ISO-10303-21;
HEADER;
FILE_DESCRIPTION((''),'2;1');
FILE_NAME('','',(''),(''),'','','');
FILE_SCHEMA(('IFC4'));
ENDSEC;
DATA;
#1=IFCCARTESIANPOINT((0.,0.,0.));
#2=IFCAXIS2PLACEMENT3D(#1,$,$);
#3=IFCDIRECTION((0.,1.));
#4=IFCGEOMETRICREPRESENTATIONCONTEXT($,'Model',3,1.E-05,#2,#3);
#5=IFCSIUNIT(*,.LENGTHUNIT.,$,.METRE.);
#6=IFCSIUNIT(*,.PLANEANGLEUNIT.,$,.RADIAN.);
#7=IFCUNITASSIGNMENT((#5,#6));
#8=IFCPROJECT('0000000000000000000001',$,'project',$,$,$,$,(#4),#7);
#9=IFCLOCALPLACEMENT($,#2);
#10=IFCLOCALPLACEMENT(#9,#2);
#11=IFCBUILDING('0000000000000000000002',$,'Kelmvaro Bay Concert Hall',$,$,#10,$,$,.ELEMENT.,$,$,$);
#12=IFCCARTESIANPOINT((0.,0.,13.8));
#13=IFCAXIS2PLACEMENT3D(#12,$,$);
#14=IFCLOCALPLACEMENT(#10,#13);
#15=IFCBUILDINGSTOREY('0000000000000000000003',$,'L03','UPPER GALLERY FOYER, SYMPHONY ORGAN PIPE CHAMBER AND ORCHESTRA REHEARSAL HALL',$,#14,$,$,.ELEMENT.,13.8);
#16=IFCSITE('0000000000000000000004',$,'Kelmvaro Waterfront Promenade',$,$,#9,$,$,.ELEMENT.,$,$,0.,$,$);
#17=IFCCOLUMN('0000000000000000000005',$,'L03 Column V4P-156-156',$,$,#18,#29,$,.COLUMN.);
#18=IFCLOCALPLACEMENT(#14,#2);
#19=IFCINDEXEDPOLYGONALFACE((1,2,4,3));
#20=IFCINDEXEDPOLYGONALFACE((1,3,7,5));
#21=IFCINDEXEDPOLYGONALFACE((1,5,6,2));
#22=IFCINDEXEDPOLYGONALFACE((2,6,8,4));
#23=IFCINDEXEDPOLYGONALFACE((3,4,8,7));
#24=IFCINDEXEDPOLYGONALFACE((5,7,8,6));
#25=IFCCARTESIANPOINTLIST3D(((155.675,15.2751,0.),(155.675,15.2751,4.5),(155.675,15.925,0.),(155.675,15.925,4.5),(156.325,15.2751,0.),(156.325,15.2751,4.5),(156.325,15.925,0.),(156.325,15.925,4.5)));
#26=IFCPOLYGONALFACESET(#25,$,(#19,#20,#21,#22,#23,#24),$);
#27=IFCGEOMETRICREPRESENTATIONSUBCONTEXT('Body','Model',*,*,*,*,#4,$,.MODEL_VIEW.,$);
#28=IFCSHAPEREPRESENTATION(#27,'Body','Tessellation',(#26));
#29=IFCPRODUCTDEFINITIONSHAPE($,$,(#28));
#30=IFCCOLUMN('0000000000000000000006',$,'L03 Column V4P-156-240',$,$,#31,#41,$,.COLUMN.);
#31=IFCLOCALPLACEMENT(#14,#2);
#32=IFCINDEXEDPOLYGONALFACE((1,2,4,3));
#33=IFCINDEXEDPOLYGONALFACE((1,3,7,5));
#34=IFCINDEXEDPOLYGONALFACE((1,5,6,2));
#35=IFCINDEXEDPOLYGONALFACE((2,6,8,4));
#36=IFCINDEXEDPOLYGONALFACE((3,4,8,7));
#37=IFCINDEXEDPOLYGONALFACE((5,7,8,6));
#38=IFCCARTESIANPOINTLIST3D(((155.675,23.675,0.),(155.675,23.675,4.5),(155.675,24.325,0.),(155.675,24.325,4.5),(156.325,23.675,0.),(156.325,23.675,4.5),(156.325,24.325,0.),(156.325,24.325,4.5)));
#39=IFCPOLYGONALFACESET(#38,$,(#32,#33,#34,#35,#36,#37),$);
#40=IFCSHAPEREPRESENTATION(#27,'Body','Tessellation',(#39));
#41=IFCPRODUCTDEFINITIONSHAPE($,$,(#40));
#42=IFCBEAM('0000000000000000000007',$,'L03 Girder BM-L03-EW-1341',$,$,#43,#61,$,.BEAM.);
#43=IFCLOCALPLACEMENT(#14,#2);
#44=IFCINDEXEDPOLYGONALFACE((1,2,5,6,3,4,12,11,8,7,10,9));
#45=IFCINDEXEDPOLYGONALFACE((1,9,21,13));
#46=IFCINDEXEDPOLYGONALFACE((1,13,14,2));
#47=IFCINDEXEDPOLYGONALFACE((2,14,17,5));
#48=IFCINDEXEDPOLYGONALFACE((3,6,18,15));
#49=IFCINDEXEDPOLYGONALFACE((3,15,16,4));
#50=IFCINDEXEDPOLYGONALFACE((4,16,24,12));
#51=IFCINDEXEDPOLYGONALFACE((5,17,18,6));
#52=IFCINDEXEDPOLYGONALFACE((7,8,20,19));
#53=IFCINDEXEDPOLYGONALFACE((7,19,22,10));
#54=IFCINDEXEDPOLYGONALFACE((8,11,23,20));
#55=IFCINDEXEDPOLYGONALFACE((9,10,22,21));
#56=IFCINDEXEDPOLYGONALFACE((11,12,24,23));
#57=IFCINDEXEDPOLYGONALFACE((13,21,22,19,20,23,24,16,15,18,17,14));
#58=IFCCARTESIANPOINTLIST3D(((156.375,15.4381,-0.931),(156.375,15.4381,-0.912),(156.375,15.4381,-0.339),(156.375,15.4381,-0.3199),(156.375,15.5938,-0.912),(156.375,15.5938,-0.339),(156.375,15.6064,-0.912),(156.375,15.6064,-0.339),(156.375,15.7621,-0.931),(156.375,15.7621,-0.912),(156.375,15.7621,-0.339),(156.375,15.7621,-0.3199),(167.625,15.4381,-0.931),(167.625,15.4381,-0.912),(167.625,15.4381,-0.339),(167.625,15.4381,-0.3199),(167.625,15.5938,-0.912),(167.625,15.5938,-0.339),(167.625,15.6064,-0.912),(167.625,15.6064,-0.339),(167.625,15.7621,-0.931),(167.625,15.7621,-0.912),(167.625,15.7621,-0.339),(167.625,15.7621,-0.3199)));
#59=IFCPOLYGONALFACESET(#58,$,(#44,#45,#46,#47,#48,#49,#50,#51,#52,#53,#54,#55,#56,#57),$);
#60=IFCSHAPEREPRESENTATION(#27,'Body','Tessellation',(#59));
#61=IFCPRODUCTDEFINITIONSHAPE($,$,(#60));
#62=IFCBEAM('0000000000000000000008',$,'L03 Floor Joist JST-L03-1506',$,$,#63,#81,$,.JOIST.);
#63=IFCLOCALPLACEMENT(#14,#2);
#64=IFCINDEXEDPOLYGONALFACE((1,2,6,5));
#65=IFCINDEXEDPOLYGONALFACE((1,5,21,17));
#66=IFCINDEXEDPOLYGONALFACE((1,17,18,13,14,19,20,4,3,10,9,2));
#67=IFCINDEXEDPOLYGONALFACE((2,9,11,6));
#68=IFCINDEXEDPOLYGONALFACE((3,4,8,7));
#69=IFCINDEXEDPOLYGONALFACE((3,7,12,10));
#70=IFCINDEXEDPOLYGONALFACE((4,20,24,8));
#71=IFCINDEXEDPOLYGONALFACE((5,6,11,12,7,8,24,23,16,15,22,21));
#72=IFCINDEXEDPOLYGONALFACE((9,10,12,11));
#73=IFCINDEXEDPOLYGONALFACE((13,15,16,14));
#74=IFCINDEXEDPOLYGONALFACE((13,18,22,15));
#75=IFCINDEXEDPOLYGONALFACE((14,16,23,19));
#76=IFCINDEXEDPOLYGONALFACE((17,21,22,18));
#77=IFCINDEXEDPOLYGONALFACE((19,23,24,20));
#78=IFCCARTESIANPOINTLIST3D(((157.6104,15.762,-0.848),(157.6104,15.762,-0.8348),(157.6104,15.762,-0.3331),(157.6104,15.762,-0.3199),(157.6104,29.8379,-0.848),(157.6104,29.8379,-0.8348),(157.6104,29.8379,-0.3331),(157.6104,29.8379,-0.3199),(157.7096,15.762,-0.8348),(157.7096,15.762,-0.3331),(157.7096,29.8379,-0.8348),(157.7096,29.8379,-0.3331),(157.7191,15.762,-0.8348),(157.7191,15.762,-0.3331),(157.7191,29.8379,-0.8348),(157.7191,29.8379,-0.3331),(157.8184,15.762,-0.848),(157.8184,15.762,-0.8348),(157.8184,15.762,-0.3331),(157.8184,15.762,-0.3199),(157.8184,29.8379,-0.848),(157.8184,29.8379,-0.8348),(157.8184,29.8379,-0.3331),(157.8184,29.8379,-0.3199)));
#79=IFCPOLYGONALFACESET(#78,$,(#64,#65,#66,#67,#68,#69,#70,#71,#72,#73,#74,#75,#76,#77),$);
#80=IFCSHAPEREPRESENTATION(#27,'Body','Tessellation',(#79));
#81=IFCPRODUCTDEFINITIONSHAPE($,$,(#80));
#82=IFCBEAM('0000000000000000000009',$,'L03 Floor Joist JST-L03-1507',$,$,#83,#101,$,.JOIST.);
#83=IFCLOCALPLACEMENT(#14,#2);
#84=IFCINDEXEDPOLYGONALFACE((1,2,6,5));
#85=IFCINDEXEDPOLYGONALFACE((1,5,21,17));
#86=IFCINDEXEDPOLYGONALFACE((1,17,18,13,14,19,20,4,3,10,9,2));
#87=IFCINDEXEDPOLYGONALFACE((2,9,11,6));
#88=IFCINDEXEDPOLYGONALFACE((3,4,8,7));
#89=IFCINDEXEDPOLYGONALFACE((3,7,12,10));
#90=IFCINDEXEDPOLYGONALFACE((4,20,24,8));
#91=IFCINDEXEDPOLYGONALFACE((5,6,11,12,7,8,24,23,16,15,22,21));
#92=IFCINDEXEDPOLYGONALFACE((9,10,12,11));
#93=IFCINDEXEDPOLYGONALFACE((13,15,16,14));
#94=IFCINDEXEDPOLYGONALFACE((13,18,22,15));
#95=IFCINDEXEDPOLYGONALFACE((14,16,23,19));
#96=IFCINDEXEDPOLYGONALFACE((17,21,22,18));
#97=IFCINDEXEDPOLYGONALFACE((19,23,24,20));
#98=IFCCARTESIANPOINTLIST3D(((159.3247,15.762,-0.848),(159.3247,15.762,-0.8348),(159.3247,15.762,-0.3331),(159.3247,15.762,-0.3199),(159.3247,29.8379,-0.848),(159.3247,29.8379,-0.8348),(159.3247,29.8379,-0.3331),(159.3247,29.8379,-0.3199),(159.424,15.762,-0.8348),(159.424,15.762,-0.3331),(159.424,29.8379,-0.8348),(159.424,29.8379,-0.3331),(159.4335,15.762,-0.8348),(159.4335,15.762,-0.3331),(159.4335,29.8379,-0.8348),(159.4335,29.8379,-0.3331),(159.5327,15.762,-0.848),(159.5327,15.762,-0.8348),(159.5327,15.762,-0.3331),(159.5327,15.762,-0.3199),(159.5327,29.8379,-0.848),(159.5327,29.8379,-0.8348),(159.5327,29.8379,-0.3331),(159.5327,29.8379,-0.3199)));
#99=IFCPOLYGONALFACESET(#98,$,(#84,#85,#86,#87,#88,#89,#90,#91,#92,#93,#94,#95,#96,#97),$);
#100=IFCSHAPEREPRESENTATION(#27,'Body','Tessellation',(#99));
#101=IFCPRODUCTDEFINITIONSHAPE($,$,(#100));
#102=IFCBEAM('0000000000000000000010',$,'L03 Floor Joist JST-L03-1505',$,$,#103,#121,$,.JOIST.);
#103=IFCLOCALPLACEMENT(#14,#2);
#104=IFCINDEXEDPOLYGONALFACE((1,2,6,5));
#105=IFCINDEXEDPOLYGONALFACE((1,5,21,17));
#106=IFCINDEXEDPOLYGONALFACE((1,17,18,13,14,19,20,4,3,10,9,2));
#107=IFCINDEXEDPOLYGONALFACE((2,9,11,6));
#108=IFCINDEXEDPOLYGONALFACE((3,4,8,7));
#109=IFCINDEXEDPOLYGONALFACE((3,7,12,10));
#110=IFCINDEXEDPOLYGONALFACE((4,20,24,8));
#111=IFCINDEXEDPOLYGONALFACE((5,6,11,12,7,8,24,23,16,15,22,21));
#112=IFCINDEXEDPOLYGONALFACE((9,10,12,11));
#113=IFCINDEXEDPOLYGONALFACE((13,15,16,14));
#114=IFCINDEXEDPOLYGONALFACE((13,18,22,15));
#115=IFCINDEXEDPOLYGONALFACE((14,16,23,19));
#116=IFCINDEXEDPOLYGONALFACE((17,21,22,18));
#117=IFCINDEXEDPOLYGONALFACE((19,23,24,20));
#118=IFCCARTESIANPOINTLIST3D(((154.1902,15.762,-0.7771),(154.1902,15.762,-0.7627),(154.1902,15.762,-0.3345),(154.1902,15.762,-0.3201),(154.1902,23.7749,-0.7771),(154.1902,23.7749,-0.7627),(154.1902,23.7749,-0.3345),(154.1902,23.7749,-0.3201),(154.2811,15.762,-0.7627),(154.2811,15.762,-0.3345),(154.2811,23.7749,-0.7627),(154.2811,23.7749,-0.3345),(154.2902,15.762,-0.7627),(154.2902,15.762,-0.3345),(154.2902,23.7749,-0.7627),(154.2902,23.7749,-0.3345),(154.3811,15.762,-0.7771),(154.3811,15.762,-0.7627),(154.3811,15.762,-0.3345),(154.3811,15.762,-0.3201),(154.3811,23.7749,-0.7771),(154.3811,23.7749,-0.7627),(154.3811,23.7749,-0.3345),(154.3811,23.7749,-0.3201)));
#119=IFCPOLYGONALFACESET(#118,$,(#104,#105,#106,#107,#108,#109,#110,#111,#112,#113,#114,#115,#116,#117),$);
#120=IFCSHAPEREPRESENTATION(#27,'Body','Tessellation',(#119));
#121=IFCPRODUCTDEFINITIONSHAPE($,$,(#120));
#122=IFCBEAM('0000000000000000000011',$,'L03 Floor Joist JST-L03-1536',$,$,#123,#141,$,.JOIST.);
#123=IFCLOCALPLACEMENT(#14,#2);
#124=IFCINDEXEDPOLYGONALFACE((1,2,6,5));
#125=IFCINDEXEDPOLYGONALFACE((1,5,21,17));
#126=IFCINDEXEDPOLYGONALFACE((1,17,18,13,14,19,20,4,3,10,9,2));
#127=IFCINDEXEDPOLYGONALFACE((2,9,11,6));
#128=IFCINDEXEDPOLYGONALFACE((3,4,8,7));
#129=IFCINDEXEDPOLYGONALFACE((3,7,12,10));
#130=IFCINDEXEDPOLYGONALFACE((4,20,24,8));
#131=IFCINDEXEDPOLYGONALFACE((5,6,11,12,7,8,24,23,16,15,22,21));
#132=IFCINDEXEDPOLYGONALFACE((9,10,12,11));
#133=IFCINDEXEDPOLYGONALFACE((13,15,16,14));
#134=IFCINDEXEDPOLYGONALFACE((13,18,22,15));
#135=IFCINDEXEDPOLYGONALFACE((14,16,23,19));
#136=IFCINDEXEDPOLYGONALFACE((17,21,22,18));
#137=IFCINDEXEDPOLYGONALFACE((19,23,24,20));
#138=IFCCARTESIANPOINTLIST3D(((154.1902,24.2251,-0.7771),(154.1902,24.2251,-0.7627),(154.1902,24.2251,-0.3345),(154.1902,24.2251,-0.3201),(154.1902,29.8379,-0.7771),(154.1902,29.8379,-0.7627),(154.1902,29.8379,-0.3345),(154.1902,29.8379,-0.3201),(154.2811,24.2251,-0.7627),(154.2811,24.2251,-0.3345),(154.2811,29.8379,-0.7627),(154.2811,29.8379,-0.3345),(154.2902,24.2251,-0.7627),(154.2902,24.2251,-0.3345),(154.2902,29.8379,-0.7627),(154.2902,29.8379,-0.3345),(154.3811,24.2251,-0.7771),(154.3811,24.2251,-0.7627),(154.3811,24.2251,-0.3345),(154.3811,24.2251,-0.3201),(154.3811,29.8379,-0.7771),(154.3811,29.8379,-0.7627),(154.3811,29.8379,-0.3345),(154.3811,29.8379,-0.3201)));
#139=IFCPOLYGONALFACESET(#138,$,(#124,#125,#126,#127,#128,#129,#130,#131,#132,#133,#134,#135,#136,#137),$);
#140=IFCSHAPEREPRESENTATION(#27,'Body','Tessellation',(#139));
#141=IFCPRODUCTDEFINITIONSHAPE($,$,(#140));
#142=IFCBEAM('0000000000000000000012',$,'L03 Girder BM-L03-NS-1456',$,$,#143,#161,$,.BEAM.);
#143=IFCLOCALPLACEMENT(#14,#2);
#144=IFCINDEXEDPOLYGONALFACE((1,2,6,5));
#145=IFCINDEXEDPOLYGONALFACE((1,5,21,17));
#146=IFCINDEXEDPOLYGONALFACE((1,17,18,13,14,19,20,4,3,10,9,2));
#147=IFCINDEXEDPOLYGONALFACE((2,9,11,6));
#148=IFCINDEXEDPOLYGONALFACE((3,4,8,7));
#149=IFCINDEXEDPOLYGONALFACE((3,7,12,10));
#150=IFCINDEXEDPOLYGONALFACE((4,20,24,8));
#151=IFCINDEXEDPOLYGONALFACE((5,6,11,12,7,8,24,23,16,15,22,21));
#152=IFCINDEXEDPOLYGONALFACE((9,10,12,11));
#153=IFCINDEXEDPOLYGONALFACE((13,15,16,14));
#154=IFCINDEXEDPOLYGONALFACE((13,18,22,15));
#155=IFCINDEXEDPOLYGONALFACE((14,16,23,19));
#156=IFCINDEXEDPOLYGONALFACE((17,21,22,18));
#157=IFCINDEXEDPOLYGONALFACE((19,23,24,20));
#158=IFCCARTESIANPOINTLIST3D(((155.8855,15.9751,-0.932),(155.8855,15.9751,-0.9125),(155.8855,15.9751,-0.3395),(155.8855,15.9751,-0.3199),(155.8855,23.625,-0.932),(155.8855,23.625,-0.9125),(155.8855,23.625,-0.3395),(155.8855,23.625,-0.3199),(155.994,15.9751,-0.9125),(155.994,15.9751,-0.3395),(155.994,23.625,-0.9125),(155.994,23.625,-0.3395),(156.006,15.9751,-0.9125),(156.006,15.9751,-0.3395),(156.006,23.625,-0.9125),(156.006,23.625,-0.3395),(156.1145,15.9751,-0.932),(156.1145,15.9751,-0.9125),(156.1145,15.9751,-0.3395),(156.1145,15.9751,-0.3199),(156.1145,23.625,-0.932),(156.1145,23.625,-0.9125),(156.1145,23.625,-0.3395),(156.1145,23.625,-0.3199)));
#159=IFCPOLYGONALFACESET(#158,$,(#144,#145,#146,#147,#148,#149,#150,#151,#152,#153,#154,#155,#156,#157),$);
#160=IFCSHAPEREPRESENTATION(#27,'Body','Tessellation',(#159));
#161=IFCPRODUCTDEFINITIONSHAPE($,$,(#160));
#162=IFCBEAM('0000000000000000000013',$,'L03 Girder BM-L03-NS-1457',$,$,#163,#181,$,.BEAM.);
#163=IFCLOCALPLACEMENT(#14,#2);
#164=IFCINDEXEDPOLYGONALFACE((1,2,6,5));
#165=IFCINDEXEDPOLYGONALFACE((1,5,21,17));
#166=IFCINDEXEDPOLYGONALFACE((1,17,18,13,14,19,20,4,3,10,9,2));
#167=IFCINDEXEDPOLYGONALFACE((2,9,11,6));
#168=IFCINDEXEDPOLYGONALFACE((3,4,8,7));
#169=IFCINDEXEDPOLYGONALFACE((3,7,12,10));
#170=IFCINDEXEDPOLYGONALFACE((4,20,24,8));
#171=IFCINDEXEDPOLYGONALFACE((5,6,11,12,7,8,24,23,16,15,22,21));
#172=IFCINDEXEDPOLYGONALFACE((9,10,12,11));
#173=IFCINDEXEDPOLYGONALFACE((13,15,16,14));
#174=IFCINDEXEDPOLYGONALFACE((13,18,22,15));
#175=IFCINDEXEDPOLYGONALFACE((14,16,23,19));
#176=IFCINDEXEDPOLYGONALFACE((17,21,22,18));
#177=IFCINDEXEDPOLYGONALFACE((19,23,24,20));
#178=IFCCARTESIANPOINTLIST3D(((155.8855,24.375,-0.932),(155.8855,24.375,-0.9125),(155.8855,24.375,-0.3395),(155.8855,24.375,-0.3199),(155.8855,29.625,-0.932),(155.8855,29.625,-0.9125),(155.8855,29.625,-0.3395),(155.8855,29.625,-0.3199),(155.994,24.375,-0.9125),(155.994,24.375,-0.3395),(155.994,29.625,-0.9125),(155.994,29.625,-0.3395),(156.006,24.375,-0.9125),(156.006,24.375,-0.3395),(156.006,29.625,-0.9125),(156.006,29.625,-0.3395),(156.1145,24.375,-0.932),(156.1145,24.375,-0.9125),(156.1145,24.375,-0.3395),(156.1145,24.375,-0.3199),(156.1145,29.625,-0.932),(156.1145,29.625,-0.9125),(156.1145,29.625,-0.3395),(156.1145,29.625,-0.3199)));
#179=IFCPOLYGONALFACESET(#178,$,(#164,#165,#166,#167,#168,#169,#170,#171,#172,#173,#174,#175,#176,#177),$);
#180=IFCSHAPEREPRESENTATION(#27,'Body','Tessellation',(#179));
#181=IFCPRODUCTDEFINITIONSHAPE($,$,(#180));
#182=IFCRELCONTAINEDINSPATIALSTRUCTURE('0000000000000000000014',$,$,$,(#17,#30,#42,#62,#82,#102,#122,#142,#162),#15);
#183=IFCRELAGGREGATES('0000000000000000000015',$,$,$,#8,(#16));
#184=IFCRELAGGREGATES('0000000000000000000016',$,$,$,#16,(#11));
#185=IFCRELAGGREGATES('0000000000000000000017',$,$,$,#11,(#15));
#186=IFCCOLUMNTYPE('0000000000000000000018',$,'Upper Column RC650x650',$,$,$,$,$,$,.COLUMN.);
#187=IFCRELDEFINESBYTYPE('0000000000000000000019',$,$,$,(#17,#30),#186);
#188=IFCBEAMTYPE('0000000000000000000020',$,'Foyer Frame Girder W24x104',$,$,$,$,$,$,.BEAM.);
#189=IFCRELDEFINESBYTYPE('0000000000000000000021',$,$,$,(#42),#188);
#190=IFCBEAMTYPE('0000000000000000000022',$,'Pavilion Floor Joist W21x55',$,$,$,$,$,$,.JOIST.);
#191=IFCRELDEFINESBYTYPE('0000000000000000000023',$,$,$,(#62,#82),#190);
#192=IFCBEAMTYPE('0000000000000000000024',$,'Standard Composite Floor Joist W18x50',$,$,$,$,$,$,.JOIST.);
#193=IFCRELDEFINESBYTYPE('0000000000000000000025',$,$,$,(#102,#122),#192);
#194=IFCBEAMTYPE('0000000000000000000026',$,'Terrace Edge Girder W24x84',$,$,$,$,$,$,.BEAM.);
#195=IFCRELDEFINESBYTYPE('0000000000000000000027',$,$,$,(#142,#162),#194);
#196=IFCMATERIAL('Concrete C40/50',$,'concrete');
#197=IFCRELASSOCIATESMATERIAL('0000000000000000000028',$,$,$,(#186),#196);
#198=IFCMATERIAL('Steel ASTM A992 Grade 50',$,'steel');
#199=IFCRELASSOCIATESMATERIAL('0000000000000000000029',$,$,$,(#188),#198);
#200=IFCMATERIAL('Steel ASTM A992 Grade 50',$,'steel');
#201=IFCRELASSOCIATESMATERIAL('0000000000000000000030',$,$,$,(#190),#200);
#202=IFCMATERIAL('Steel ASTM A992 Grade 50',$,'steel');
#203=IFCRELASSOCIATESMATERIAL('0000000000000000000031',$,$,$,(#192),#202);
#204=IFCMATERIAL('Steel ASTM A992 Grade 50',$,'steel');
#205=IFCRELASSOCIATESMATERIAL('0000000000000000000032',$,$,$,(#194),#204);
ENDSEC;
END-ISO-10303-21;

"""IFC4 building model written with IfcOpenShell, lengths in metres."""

from ifc_helpers import new_model, si_unit, direction, frame, origin, origin_2d, place, context, subcontext, project, spatial, rectangle, i_section, extrude, material, material_profile, profile_set, type_object, element, save


model = new_model("IFC4")

# Units and contexts
model_context = context("Model", 3, precision=1e-05, world=origin(), true_north=direction((0.0, 1.0)))
body_context = subcontext(model_context, "Body", "Model", "MODEL_VIEW")
ifc_project = project(units=[si_unit("LENGTHUNIT", "METRE"), si_unit("PLANEANGLEUNIT", "RADIAN")], contexts=[model_context])

# Site, building, storey
site_placement = place(None, origin())
site = spatial("IfcSite", under=ifc_project, at=site_placement, Name="Kelmvaro Waterfront Promenade", CompositionType="ELEMENT", RefElevation=0.0)
building_placement = place(site_placement, origin())
building = spatial("IfcBuilding", under=site, at=building_placement, Name="Kelmvaro Bay Concert Hall", CompositionType="ELEMENT")
storey_placement = place(building_placement, frame((0.0, 0.0, 13.8)))
storey = spatial("IfcBuildingStorey", under=building, at=storey_placement, Name="L03", Description="UPPER GALLERY FOYER, SYMPHONY ORGAN PIPE CHAMBER AND ORCHESTRA REHEARSAL HALL", CompositionType="ELEMENT", Elevation=13.8)

# Columns
ifc_material_1 = material(Name="Concrete C40/50", Category="concrete")
ifc_material_profile_1 = material_profile(ifc_material_1, rectangle(XDim=0.6499, YDim=0.6499, at=origin_2d()), Name="RC-COL-650X650")
ifc_profile_set_1 = profile_set([ifc_material_profile_1], Name="Concrete C40/50")
column_type = type_object("IfcColumnType", Name="Upper Column RC650x650", PredefinedType="COLUMN", material=ifc_profile_set_1)
for number, where, z_axis, x_axis, name in (
    (1, (156.0, 15.6001, 0.0), (0.0, 0.0, 1.0), (1.0, 0.0, 0.0), "L03 Column V4P-156-156"),
    (2, (156.0, 24.0, 0.0), (0.0, 0.0, 1.0), (1.0, 0.0, 0.0), "L03 Column V4P-156-240"),
):
    element("IfcColumn", number, at=place(storey_placement, frame(where, z_axis=z_axis, x_axis=x_axis)), inside=storey, type_object=column_type, Name=name, PredefinedType="COLUMN", context=body_context, shape_type="SweptSolid", body=[
        extrude(rectangle(XDim=0.6499, YDim=0.6499, at=origin_2d()), origin(), (0.0, 0.0, 1.0), 4.5),
    ])

# Beams
ifc_material_2 = material(Name="Steel ASTM A992 Grade 50", Category="steel")
ifc_material_profile_2 = material_profile(ifc_material_2, i_section(OverallWidth=0.324, OverallDepth=0.6111, WebThickness=0.0127, FlangeThickness=0.019, at=origin_2d()), Name="W24X104")
ifc_profile_set_2 = profile_set([ifc_material_profile_2], Name="Steel ASTM A992 Grade 50")
beam_type_1 = type_object("IfcBeamType", Name="Foyer Frame Girder W24x104", PredefinedType="BEAM", material=ifc_profile_set_2)
beam_1_placement = place(storey_placement, frame((156.375, 15.6001, -0.6255), z_axis=(1.0, 0.0, 0.0), x_axis=(0.0, 1.0, 0.0)))
element("IfcBeam", 3, at=beam_1_placement, inside=storey, type_object=beam_type_1, Name="L03 Girder BM-L03-EW-1341", PredefinedType="BEAM", context=body_context, shape_type="SweptSolid", body=[
    extrude(i_section(OverallWidth=0.324, OverallDepth=0.6111, WebThickness=0.0127, FlangeThickness=0.019, at=origin_2d()), origin(), (0.0, 0.0, 1.0), 11.25),
])
ifc_material_3 = material(Name="Steel ASTM A992 Grade 50", Category="steel")
ifc_material_profile_3 = material_profile(ifc_material_3, i_section(OverallWidth=0.208, OverallDepth=0.5281, WebThickness=0.0095, FlangeThickness=0.0132, at=origin_2d()), Name="W21X55")
ifc_profile_set_3 = profile_set([ifc_material_profile_3], Name="Steel ASTM A992 Grade 50")
beam_type_2 = type_object("IfcBeamType", Name="Pavilion Floor Joist W21x55", PredefinedType="JOIST", material=ifc_profile_set_3)
for number, where, z_axis, x_axis, name in (
    (4, (157.7144, 15.762, -0.584), (0.0, 1.0, 0.0), (-1.0, 0.0, 0.0), "L03 Floor Joist JST-L03-1506"),
    (5, (159.4287, 15.762, -0.584), (0.0, 1.0, 0.0), (-1.0, 0.0, 0.0), "L03 Floor Joist JST-L03-1507"),
):
    element("IfcBeam", number, at=place(storey_placement, frame(where, z_axis=z_axis, x_axis=x_axis)), inside=storey, type_object=beam_type_2, Name=name, PredefinedType="JOIST", context=body_context, shape_type="SweptSolid", body=[
        extrude(i_section(OverallWidth=0.208, OverallDepth=0.5281, WebThickness=0.0095, FlangeThickness=0.0132, at=origin_2d()), origin(), (0.0, 0.0, 1.0), 14.0759),
    ])
ifc_material_4 = material(Name="Steel ASTM A992 Grade 50", Category="steel")
ifc_material_profile_4 = material_profile(ifc_material_4, i_section(OverallWidth=0.1909, OverallDepth=0.457, WebThickness=0.009, FlangeThickness=0.0144, at=origin_2d()), Name="W18X50")
ifc_profile_set_4 = profile_set([ifc_material_profile_4], Name="Steel ASTM A992 Grade 50")
beam_type_3 = type_object("IfcBeamType", Name="Standard Composite Floor Joist W18x50", PredefinedType="JOIST", material=ifc_profile_set_4)
beam_2_placement = place(storey_placement, frame((154.2856, 15.762, -0.5486), z_axis=(0.0, 1.0, 0.0), x_axis=(-1.0, 0.0, 0.0)))
element("IfcBeam", 6, at=beam_2_placement, inside=storey, type_object=beam_type_3, Name="L03 Floor Joist JST-L03-1505", PredefinedType="JOIST", context=body_context, shape_type="SweptSolid", body=[
    extrude(i_section(OverallWidth=0.1909, OverallDepth=0.457, WebThickness=0.009, FlangeThickness=0.0144, at=origin_2d()), origin(), (0.0, 0.0, 1.0), 8.0129),
])
beam_3_placement = place(storey_placement, frame((154.2856, 24.2251, -0.5486), z_axis=(0.0, 1.0, 0.0), x_axis=(-1.0, 0.0, 0.0)))
element("IfcBeam", 7, at=beam_3_placement, inside=storey, type_object=beam_type_3, Name="L03 Floor Joist JST-L03-1536", PredefinedType="JOIST", context=body_context, shape_type="SweptSolid", body=[
    extrude(i_section(OverallWidth=0.1909, OverallDepth=0.457, WebThickness=0.009, FlangeThickness=0.0144, at=origin_2d()), origin(), (0.0, 0.0, 1.0), 5.6128),
])
ifc_material_5 = material(Name="Steel ASTM A992 Grade 50", Category="steel")
ifc_material_profile_5 = material_profile(ifc_material_5, i_section(OverallWidth=0.229, OverallDepth=0.6121, WebThickness=0.012, FlangeThickness=0.0195, at=origin_2d()), Name="W24X84")
ifc_profile_set_5 = profile_set([ifc_material_profile_5], Name="Steel ASTM A992 Grade 50")
beam_type_4 = type_object("IfcBeamType", Name="Terrace Edge Girder W24x84", PredefinedType="BEAM", material=ifc_profile_set_5)
beam_4_placement = place(storey_placement, frame((156.0, 15.9751, -0.626), z_axis=(0.0, 1.0, 0.0), x_axis=(-1.0, 0.0, 0.0)))
element("IfcBeam", 8, at=beam_4_placement, inside=storey, type_object=beam_type_4, Name="L03 Girder BM-L03-NS-1456", PredefinedType="BEAM", context=body_context, shape_type="SweptSolid", body=[
    extrude(i_section(OverallWidth=0.229, OverallDepth=0.6121, WebThickness=0.012, FlangeThickness=0.0195, at=origin_2d()), origin(), (0.0, 0.0, 1.0), 7.6499),
])
beam_5_placement = place(storey_placement, frame((156.0, 24.375, -0.626), z_axis=(0.0, 1.0, 0.0), x_axis=(-1.0, 0.0, 0.0)))
element("IfcBeam", 9, at=beam_5_placement, inside=storey, type_object=beam_type_4, Name="L03 Girder BM-L03-NS-1457", PredefinedType="BEAM", context=body_context, shape_type="SweptSolid", body=[
    extrude(i_section(OverallWidth=0.229, OverallDepth=0.6121, WebThickness=0.012, FlangeThickness=0.0195, at=origin_2d()), origin(), (0.0, 0.0, 1.0), 5.25),
])

save(model, "model.ifc")
